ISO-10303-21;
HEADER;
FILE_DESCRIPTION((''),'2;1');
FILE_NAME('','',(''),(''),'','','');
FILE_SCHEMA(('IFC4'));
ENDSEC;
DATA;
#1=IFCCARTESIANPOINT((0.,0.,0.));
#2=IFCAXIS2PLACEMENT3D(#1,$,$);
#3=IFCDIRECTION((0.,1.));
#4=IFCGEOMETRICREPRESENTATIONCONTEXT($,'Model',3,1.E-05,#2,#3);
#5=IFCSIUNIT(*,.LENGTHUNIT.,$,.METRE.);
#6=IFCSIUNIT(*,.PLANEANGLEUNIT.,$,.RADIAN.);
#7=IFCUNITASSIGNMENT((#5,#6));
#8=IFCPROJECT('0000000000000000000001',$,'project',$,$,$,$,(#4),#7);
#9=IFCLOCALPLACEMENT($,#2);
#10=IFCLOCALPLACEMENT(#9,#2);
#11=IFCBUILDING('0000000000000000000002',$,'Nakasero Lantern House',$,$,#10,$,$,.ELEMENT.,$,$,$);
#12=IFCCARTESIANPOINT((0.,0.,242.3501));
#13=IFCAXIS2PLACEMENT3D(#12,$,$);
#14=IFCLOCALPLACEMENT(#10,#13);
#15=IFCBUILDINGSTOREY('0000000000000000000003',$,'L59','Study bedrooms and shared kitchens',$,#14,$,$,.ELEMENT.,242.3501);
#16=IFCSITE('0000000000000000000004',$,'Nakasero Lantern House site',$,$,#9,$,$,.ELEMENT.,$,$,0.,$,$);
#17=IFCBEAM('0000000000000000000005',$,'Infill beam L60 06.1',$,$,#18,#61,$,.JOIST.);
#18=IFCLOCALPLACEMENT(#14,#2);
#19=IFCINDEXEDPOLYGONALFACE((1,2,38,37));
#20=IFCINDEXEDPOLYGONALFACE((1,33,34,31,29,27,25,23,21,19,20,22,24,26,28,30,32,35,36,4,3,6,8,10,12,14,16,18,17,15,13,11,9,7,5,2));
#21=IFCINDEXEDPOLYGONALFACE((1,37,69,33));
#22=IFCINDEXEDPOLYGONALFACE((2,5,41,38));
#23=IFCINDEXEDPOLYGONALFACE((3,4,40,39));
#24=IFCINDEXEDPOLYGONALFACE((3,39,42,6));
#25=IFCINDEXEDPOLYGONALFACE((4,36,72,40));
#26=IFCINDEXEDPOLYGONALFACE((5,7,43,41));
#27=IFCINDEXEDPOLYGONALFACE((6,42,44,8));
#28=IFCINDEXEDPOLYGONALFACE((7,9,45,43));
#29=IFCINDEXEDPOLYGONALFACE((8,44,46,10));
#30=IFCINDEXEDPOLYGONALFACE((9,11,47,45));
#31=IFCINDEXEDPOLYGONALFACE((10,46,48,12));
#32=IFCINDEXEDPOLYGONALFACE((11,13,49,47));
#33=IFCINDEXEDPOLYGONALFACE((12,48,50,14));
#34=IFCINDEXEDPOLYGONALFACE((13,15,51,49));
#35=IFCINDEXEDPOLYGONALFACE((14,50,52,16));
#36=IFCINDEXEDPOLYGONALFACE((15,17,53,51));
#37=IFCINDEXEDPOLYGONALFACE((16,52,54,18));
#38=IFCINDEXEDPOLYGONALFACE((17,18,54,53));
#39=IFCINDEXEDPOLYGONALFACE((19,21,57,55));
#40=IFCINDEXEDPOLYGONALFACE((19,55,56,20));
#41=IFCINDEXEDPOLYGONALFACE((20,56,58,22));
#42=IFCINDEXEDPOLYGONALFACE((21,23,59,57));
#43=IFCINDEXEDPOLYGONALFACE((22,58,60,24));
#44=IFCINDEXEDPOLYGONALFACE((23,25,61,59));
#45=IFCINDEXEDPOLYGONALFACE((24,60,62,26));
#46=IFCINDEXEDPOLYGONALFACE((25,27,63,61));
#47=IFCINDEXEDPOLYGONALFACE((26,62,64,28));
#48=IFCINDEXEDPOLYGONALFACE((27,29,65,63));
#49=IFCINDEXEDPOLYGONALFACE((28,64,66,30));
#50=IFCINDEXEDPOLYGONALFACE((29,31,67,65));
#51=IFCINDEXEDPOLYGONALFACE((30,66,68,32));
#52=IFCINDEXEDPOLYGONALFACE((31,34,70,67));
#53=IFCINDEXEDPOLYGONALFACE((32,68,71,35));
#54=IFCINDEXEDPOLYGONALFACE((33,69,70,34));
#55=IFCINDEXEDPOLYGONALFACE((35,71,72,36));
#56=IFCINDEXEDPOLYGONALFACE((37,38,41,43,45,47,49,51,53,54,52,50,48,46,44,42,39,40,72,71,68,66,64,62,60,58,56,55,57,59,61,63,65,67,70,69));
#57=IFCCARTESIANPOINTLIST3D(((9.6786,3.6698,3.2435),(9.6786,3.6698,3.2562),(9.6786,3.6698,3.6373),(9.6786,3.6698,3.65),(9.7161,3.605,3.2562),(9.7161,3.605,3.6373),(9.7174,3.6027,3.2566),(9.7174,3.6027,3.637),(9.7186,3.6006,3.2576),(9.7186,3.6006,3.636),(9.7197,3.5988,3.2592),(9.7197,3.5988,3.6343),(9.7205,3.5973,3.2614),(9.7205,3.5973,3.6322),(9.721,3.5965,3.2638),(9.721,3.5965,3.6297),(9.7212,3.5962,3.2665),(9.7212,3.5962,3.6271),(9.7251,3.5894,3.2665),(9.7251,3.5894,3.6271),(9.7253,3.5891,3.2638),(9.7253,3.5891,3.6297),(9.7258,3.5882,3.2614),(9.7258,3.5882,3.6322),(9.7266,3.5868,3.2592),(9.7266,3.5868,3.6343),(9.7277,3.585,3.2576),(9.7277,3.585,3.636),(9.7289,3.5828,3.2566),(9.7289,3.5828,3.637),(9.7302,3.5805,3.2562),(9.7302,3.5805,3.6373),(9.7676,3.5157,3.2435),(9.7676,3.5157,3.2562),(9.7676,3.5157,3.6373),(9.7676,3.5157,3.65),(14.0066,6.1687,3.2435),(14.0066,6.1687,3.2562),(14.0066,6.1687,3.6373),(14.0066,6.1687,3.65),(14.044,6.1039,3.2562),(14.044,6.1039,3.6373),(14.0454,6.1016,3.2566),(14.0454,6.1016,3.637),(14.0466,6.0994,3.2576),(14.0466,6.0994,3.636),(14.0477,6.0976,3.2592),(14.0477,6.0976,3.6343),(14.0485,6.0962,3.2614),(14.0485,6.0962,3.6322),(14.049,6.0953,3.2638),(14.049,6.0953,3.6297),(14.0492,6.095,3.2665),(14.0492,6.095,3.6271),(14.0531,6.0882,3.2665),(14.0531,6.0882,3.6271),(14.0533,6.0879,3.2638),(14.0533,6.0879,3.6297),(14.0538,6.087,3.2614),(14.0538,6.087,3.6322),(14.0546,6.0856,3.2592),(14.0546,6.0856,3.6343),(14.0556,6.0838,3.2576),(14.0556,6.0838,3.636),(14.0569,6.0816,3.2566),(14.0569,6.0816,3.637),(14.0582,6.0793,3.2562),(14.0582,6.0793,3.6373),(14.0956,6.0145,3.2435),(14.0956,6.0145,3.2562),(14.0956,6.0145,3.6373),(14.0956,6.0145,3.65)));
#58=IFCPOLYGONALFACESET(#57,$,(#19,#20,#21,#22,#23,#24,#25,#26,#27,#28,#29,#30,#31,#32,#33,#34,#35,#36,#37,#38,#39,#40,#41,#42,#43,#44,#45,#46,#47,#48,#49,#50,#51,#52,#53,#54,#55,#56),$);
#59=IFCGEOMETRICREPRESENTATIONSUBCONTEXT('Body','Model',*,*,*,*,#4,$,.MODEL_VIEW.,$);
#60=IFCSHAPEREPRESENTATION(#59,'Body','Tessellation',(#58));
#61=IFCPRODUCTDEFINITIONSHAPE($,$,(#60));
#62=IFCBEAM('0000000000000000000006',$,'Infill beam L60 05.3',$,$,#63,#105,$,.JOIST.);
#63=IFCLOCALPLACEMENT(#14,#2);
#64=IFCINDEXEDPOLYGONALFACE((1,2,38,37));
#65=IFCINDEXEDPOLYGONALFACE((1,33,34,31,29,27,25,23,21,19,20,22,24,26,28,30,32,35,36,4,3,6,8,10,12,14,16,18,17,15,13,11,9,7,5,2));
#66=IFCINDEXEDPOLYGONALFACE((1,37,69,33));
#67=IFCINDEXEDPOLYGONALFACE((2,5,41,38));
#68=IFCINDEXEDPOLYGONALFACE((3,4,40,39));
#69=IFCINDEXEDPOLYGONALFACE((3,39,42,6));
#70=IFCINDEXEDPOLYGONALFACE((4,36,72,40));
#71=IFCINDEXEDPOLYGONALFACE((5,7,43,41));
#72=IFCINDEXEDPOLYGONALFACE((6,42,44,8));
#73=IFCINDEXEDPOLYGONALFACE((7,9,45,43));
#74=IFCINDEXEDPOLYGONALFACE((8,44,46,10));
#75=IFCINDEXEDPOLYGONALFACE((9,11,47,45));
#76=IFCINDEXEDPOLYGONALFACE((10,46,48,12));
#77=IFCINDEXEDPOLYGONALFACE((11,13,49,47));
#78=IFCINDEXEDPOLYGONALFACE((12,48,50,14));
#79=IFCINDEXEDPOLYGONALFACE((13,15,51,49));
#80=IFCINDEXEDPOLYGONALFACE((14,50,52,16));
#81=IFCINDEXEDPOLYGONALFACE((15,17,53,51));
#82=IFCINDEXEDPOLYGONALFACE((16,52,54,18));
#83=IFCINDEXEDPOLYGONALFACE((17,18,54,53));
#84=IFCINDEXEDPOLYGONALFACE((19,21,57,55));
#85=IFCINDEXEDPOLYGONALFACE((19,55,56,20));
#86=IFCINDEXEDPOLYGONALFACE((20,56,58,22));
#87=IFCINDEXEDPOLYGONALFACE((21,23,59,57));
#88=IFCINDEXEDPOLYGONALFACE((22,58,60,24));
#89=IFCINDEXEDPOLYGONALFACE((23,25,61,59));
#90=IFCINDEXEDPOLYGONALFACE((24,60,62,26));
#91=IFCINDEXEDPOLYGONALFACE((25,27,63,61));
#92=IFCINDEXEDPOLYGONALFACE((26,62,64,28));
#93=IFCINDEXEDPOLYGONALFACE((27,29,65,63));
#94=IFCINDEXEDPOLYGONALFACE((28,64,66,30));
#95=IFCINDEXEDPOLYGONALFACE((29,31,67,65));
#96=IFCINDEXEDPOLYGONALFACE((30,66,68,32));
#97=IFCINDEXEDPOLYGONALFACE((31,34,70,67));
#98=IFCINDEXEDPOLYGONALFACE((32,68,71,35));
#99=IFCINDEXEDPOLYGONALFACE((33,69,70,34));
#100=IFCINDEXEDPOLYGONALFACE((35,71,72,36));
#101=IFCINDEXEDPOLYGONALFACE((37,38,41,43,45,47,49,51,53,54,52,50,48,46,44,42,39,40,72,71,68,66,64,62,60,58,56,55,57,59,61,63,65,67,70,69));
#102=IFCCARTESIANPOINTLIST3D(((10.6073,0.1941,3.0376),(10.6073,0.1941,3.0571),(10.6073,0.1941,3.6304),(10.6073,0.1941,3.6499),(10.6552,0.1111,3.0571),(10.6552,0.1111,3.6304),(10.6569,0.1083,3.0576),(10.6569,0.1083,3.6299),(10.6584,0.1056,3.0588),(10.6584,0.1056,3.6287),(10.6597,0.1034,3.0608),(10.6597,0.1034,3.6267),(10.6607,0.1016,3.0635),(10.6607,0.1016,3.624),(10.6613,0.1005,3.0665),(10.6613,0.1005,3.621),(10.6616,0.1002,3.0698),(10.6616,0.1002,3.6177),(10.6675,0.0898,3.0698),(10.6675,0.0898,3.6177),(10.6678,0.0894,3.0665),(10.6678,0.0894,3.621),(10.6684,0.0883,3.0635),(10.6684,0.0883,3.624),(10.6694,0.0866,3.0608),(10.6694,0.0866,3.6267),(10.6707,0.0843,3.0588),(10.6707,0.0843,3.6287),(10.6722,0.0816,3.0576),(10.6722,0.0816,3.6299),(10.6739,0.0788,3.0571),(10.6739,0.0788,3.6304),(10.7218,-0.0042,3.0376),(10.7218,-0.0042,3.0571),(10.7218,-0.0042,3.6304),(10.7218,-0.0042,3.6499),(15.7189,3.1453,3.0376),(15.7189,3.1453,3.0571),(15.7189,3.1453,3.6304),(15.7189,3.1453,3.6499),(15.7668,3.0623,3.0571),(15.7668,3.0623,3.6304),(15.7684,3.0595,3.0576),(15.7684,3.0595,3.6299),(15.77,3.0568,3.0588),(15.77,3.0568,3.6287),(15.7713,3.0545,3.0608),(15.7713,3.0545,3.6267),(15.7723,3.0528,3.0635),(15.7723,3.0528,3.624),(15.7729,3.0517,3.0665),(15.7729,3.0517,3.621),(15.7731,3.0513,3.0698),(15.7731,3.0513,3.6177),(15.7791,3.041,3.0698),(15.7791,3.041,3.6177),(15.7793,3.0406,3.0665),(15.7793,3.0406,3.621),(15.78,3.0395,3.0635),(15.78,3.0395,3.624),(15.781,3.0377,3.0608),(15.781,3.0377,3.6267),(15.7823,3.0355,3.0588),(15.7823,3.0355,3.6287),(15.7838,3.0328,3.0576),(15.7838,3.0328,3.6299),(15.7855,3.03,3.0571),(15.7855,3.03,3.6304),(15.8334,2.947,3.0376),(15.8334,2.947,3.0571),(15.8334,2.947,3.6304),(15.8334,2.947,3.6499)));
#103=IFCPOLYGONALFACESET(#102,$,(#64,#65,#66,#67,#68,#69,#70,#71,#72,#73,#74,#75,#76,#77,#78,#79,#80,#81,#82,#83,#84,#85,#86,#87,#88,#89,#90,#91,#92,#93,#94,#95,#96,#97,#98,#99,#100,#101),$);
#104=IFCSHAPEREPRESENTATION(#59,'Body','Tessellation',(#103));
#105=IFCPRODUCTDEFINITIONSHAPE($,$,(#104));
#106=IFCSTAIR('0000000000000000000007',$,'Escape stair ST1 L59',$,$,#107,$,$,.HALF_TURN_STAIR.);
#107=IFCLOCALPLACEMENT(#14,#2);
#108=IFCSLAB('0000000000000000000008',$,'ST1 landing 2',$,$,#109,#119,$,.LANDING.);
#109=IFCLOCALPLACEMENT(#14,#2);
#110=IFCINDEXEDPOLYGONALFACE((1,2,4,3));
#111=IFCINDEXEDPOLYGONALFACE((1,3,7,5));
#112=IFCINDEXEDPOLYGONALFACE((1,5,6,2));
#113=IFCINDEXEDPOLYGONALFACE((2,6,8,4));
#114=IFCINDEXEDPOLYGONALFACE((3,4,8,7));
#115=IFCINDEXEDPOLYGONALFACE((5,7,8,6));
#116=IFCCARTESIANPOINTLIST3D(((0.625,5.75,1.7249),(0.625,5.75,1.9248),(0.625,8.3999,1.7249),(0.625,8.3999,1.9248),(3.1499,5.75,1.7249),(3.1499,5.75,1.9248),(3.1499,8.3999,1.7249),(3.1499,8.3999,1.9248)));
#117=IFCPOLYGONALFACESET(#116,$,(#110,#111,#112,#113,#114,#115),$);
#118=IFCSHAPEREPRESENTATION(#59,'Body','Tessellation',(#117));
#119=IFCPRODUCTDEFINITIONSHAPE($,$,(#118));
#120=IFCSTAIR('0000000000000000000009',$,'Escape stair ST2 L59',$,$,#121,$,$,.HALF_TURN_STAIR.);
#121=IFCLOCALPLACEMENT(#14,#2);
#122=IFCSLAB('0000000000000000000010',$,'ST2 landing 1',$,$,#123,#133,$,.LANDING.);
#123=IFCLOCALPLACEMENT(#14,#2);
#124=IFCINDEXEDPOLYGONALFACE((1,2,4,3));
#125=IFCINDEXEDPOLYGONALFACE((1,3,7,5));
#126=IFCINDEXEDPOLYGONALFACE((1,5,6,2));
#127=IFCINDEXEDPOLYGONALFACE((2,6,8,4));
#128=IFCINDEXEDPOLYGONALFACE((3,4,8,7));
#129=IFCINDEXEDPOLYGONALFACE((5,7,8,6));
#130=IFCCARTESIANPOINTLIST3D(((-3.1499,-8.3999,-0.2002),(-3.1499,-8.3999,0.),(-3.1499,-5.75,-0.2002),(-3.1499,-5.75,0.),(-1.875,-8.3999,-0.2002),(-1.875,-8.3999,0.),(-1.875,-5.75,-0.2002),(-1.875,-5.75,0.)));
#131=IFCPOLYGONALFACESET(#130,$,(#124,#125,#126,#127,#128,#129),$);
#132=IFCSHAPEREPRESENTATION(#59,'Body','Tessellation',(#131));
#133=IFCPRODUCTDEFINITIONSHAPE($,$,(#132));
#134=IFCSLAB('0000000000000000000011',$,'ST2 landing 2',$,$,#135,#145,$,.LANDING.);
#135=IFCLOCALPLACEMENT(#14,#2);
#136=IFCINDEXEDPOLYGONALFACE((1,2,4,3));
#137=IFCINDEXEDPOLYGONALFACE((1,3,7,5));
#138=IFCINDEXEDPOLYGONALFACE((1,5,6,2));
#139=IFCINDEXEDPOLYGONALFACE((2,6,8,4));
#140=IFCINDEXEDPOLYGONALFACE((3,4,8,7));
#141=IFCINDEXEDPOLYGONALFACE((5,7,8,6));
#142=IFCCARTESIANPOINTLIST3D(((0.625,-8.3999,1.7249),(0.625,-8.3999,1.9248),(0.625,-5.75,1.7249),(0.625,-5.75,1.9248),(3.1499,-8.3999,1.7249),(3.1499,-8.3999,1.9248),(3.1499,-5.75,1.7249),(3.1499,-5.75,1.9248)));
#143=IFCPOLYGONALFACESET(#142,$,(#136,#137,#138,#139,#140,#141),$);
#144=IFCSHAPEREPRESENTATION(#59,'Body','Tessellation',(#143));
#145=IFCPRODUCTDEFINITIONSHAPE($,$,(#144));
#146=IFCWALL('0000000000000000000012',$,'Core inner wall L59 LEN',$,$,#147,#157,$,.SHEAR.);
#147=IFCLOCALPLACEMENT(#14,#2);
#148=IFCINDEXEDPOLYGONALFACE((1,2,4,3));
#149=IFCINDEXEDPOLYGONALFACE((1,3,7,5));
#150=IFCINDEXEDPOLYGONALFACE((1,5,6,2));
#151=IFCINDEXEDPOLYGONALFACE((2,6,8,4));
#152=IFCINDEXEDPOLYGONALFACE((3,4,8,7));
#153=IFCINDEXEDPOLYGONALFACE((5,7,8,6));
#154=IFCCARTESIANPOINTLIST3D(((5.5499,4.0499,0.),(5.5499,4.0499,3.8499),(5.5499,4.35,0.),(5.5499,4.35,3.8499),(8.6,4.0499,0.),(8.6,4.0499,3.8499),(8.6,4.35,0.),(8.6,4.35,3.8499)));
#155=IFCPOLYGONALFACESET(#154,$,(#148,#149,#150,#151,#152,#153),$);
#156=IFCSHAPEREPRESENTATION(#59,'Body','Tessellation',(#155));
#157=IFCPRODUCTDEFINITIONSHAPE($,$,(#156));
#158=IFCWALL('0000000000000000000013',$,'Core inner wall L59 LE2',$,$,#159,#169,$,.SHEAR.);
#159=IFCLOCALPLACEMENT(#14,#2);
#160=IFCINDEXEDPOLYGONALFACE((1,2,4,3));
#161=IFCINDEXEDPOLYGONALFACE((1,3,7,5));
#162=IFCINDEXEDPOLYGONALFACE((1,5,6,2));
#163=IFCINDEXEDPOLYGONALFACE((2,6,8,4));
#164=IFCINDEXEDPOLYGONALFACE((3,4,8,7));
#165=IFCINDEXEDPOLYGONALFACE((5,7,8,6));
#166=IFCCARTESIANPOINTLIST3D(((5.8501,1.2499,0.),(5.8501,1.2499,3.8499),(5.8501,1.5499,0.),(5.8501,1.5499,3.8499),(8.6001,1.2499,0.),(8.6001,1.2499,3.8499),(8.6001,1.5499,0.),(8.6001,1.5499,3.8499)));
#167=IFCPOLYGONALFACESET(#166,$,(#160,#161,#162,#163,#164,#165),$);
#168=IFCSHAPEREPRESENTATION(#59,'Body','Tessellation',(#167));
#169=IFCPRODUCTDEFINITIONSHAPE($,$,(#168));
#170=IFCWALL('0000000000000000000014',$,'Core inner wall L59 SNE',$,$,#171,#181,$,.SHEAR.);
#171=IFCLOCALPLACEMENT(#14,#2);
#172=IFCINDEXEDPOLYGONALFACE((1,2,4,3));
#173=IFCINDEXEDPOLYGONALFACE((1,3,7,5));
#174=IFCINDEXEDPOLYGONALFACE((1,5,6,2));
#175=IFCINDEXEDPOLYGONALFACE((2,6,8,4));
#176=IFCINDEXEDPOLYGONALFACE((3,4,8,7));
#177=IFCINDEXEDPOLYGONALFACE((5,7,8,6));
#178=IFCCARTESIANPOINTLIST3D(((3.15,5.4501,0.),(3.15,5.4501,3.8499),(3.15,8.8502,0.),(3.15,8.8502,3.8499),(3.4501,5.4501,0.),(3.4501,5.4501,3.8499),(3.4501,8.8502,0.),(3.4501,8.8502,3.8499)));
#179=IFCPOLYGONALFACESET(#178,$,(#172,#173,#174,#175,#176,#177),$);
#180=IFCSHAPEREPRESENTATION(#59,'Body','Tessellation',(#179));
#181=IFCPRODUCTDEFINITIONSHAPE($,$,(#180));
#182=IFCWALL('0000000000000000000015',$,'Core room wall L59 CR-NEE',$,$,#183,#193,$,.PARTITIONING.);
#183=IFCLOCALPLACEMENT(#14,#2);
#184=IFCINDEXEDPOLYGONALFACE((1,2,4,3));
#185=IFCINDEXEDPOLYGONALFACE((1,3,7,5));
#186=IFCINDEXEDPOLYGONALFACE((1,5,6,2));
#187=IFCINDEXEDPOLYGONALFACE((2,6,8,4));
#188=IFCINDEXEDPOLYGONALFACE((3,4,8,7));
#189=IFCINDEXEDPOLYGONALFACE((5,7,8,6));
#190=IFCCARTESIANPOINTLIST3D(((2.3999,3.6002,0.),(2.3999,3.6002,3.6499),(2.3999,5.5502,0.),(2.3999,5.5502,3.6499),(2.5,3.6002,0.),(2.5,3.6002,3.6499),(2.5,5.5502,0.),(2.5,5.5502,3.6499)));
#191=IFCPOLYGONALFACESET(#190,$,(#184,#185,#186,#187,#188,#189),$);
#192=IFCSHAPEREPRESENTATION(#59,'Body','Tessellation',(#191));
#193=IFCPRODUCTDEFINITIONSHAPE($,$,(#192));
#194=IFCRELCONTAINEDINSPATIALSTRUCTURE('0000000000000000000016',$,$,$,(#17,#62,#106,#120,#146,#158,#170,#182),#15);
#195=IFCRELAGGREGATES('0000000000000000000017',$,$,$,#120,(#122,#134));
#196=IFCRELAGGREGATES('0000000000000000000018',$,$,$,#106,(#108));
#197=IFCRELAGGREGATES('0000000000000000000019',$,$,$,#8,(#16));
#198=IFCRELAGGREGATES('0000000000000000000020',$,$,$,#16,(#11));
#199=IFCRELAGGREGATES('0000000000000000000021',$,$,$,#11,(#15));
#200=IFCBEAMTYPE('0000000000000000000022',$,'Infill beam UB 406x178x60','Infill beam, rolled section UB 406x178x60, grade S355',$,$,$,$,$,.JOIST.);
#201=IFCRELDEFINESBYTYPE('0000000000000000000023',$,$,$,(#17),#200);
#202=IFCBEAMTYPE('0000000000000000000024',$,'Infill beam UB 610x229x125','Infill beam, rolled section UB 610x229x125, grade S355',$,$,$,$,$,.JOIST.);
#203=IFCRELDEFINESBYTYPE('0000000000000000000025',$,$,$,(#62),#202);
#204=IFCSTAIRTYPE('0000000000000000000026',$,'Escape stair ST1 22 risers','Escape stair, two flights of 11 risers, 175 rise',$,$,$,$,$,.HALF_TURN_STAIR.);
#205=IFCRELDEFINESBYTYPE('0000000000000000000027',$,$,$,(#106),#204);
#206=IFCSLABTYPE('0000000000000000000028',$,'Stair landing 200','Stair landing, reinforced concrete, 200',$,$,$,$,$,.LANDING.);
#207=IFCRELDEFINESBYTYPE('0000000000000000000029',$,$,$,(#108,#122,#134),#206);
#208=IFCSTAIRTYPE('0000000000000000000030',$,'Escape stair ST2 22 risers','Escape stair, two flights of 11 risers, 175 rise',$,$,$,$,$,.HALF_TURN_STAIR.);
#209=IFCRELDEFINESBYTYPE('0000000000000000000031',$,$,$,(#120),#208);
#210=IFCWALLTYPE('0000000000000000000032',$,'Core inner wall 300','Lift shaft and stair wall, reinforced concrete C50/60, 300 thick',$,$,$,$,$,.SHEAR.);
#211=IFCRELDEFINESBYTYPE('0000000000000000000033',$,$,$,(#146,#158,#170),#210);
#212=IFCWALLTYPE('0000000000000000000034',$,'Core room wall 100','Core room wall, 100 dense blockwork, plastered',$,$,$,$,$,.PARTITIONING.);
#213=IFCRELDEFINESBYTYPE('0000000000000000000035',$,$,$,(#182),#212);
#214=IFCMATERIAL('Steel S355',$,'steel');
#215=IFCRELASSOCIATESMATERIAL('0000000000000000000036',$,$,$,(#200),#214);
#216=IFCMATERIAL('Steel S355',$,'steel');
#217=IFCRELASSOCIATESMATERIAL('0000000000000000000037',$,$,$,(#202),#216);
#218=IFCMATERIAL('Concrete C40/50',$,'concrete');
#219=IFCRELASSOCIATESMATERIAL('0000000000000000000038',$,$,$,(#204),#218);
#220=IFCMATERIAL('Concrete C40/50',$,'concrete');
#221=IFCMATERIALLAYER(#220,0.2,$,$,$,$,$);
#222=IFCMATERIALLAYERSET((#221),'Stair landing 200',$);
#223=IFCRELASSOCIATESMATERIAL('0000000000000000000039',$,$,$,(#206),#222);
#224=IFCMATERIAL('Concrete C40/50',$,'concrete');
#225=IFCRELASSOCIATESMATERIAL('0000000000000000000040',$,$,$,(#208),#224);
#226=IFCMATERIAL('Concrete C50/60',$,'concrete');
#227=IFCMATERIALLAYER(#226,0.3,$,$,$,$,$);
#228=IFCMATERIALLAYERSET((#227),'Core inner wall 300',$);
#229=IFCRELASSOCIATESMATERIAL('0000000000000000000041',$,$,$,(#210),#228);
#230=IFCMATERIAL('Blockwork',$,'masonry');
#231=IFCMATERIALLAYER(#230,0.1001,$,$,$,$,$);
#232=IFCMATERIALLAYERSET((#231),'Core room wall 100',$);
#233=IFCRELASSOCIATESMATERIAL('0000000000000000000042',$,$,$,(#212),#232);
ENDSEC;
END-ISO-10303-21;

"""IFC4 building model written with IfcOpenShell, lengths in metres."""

from ifc_helpers import new_model, si_unit, direction, frame, frame_2d, origin, origin_2d, place, context, subcontext, project, spatial, polyline, rectangle, i_section, outline, extrude, material, layer, layer_set, material_profile, profile_set, type_object, element, aggregate, save


model = new_model("IFC4")

# Units and contexts
model_context = context("Model", 3, precision=1e-05, world=origin(), true_north=direction((0.0, 1.0)))
body_context = subcontext(model_context, "Body", "Model", "MODEL_VIEW")
ifc_project = project(units=[si_unit("LENGTHUNIT", "METRE"), si_unit("PLANEANGLEUNIT", "RADIAN")], contexts=[model_context])

# Site, building, storey
site_placement = place(None, origin())
site = spatial("IfcSite", under=ifc_project, at=site_placement, Name="Nakasero Lantern House site", CompositionType="ELEMENT", RefElevation=0.0)
building_placement = place(site_placement, origin())
building = spatial("IfcBuilding", under=site, at=building_placement, Name="Nakasero Lantern House", CompositionType="ELEMENT")
storey_placement = place(building_placement, frame((0.0, 0.0, 242.3501)))
storey = spatial("IfcBuildingStorey", under=building, at=storey_placement, Name="L59", Description="Study bedrooms and shared kitchens", CompositionType="ELEMENT", Elevation=242.3501)

# Beams
ifc_material_1 = material(Name="Steel S355", Category="steel")
ifc_material_profile_1 = material_profile(ifc_material_1, i_section(OverallWidth=0.178, OverallDepth=0.4065, WebThickness=0.0078, FlangeThickness=0.0127, FilletRadius=0.0103, at=origin_2d()), Name="UB 406x178x60")
ifc_profile_set_1 = profile_set([ifc_material_profile_1], Name="Steel S355")
beam_type_1 = type_object("IfcBeamType", Name="Infill beam UB 406x178x60", Description="Infill beam, rolled section UB 406x178x60, grade S355", PredefinedType="JOIST", material=ifc_profile_set_1)
beam_1_placement = place(storey_placement, frame((9.7231, 3.5928, 3.4468), z_axis=(0.866019, 0.500011, 0.0), x_axis=(-0.500011, 0.866019, 0.0)))
element("IfcBeam", 1, at=beam_1_placement, inside=storey, type_object=beam_type_1, Name="Infill beam L60 06.1", PredefinedType="JOIST", context=body_context, shape_type="SweptSolid", body=[
    extrude(i_section(OverallWidth=0.178, OverallDepth=0.4065, WebThickness=0.0078, FlangeThickness=0.0127, FilletRadius=0.0103, at=origin_2d()), origin(), (0.0, 0.0, 1.0), 4.9976),
])
ifc_material_2 = material(Name="Steel S355", Category="steel")
ifc_material_profile_2 = material_profile(ifc_material_2, i_section(OverallWidth=0.229, OverallDepth=0.6123, WebThickness=0.012, FlangeThickness=0.0195, FilletRadius=0.0127, at=origin_2d()), Name="UB 610x229x125")
ifc_profile_set_2 = profile_set([ifc_material_profile_2], Name="Steel S355")
beam_type_2 = type_object("IfcBeamType", Name="Infill beam UB 610x229x125", Description="Infill beam, rolled section UB 610x229x125, grade S355", PredefinedType="JOIST", material=ifc_profile_set_2)
beam_2_placement = place(storey_placement, frame((10.6646, 0.095, 3.3438), z_axis=(0.866025, 0.500001, 0.0), x_axis=(-0.500001, 0.866025, 0.0)))
element("IfcBeam", 2, at=beam_2_placement, inside=storey, type_object=beam_type_2, Name="Infill beam L60 05.3", PredefinedType="JOIST", context=body_context, shape_type="SweptSolid", body=[
    extrude(i_section(OverallWidth=0.229, OverallDepth=0.6123, WebThickness=0.012, FlangeThickness=0.0195, FilletRadius=0.0127, at=origin_2d()), origin(), (0.0, 0.0, 1.0), 5.9023),
])

# Stair, slab
ifc_material_3 = material(Name="Concrete C40/50", Category="concrete")
stair_type_1 = type_object("IfcStairType", Name="Escape stair ST1 22 risers", Description="Escape stair, two flights of 11 risers, 175 rise", PredefinedType="HALF_TURN_STAIR", material=ifc_material_3)
stair_1_placement = place(storey_placement, origin())
stair_1 = element("IfcStair", 3, at=stair_1_placement, inside=storey, type_object=stair_type_1, Name="Escape stair ST1 L59", PredefinedType="HALF_TURN_STAIR")
ifc_material_4 = material(Name="Concrete C40/50", Category="concrete")
ifc_layer_1 = layer(ifc_material_4, 0.2)
ifc_layer_set_1 = layer_set([ifc_layer_1], Name="Stair landing 200")
slab_type = type_object("IfcSlabType", Name="Stair landing 200", Description="Stair landing, reinforced concrete, 200", PredefinedType="LANDING", material=ifc_layer_set_1)
slab_1_placement = place(storey_placement, frame((0.0, 0.0, 1.7249)))
slab_1 = element("IfcSlab", 4, at=slab_1_placement, type_object=slab_type, Name="ST1 landing 2", PredefinedType="LANDING", context=body_context, shape_type="SweptSolid", body=[
    extrude(outline(polyline([(0.625, 5.75), (3.1499, 5.75), (3.1499, 8.3999), (0.625, 8.3999), (0.625, 5.75)])), origin(), (0.0, 0.0, 1.0), 0.2),
])

# Stair, slabs
ifc_material_5 = material(Name="Concrete C40/50", Category="concrete")
stair_type_2 = type_object("IfcStairType", Name="Escape stair ST2 22 risers", Description="Escape stair, two flights of 11 risers, 175 rise", PredefinedType="HALF_TURN_STAIR", material=ifc_material_5)
stair_2_placement = place(storey_placement, origin())
stair_2 = element("IfcStair", 5, at=stair_2_placement, inside=storey, type_object=stair_type_2, Name="Escape stair ST2 L59", PredefinedType="HALF_TURN_STAIR")
slab_2_placement = place(storey_placement, frame((0.0, 0.0, -0.2002)))
slab_2 = element("IfcSlab", 6, at=slab_2_placement, type_object=slab_type, Name="ST2 landing 1", PredefinedType="LANDING", context=body_context, shape_type="SweptSolid", body=[
    extrude(outline(polyline([(-3.1499, -8.3999), (-1.875, -8.3999), (-1.875, -5.75), (-3.1499, -5.75), (-3.1499, -8.3999)])), origin(), (0.0, 0.0, 1.0), 0.2002),
])
slab_3_placement = place(storey_placement, frame((0.0, 0.0, 1.7249)))
slab_3 = element("IfcSlab", 7, at=slab_3_placement, type_object=slab_type, Name="ST2 landing 2", PredefinedType="LANDING", context=body_context, shape_type="SweptSolid", body=[
    extrude(outline(polyline([(0.625, -8.3999), (3.1499, -8.3999), (3.1499, -5.75), (0.625, -5.75), (0.625, -8.3999)])), origin(), (0.0, 0.0, 1.0), 0.2),
])
aggregate(stair_2, [slab_2, slab_3])

# Walls
ifc_material_6 = material(Name="Concrete C50/60", Category="concrete")
ifc_layer_2 = layer(ifc_material_6, 0.3)
ifc_layer_set_2 = layer_set([ifc_layer_2], Name="Core inner wall 300")
wall_type_1 = type_object("IfcWallType", Name="Core inner wall 300", Description="Lift shaft and stair wall, reinforced concrete C50/60, 300 thick", PredefinedType="SHEAR", material=ifc_layer_set_2)
wall_1_placement = place(storey_placement, frame((5.55, 4.2, 0.0), z_axis=(0.0, 0.0, 1.0), x_axis=(1.0, 0.0, 0.0)))
element("IfcWall", 8, at=wall_1_placement, inside=storey, type_object=wall_type_1, Name="Core inner wall L59 LEN", PredefinedType="SHEAR", context=body_context, shape_type="SweptSolid", body=[
    extrude(rectangle(XDim=3.05, YDim=0.3, at=frame_2d((1.5249, 0.0))), origin(), (0.0, 0.0, 1.0), 3.8499),
])
wall_2_placement = place(storey_placement, frame((5.8501, 1.3999, 0.0), z_axis=(0.0, 0.0, 1.0), x_axis=(1.0, 0.0, 0.0)))
element("IfcWall", 9, at=wall_2_placement, inside=storey, type_object=wall_type_1, Name="Core inner wall L59 LE2", PredefinedType="SHEAR", context=body_context, shape_type="SweptSolid", body=[
    extrude(rectangle(XDim=2.75, YDim=0.3, at=frame_2d((1.375, 0.0))), origin(), (0.0, 0.0, 1.0), 3.8499),
])
wall_3_placement = place(storey_placement, frame((3.3, 5.45, 0.0), z_axis=(0.0, 0.0, 1.0), x_axis=(0.0, 1.0, 0.0)))
element("IfcWall", 10, at=wall_3_placement, inside=storey, type_object=wall_type_1, Name="Core inner wall L59 SNE", PredefinedType="SHEAR", context=body_context, shape_type="SweptSolid", body=[
    extrude(rectangle(XDim=3.4001, YDim=0.3, at=frame_2d((1.7002, 0.0))), origin(), (0.0, 0.0, 1.0), 3.8499),
])
ifc_material_7 = material(Name="Blockwork", Category="masonry")
ifc_layer_3 = layer(ifc_material_7, 0.1001)
ifc_layer_set_3 = layer_set([ifc_layer_3], Name="Core room wall 100")
wall_type_2 = type_object("IfcWallType", Name="Core room wall 100", Description="Core room wall, 100 dense blockwork, plastered", PredefinedType="PARTITIONING", material=ifc_layer_set_3)
wall_4_placement = place(storey_placement, frame((2.45, 3.6001, 0.0), z_axis=(0.0, 0.0, 1.0), x_axis=(0.0, 1.0, 0.0)))
element("IfcWall", 11, at=wall_4_placement, inside=storey, type_object=wall_type_2, Name="Core room wall L59 CR-NEE", PredefinedType="PARTITIONING", context=body_context, shape_type="SweptSolid", body=[
    extrude(rectangle(XDim=1.95, YDim=0.1001, at=frame_2d((0.9751, 0.0))), origin(), (0.0, 0.0, 1.0), 3.6499),
])

aggregate(stair_1, [slab_1])

save(model, "model.ifc")
